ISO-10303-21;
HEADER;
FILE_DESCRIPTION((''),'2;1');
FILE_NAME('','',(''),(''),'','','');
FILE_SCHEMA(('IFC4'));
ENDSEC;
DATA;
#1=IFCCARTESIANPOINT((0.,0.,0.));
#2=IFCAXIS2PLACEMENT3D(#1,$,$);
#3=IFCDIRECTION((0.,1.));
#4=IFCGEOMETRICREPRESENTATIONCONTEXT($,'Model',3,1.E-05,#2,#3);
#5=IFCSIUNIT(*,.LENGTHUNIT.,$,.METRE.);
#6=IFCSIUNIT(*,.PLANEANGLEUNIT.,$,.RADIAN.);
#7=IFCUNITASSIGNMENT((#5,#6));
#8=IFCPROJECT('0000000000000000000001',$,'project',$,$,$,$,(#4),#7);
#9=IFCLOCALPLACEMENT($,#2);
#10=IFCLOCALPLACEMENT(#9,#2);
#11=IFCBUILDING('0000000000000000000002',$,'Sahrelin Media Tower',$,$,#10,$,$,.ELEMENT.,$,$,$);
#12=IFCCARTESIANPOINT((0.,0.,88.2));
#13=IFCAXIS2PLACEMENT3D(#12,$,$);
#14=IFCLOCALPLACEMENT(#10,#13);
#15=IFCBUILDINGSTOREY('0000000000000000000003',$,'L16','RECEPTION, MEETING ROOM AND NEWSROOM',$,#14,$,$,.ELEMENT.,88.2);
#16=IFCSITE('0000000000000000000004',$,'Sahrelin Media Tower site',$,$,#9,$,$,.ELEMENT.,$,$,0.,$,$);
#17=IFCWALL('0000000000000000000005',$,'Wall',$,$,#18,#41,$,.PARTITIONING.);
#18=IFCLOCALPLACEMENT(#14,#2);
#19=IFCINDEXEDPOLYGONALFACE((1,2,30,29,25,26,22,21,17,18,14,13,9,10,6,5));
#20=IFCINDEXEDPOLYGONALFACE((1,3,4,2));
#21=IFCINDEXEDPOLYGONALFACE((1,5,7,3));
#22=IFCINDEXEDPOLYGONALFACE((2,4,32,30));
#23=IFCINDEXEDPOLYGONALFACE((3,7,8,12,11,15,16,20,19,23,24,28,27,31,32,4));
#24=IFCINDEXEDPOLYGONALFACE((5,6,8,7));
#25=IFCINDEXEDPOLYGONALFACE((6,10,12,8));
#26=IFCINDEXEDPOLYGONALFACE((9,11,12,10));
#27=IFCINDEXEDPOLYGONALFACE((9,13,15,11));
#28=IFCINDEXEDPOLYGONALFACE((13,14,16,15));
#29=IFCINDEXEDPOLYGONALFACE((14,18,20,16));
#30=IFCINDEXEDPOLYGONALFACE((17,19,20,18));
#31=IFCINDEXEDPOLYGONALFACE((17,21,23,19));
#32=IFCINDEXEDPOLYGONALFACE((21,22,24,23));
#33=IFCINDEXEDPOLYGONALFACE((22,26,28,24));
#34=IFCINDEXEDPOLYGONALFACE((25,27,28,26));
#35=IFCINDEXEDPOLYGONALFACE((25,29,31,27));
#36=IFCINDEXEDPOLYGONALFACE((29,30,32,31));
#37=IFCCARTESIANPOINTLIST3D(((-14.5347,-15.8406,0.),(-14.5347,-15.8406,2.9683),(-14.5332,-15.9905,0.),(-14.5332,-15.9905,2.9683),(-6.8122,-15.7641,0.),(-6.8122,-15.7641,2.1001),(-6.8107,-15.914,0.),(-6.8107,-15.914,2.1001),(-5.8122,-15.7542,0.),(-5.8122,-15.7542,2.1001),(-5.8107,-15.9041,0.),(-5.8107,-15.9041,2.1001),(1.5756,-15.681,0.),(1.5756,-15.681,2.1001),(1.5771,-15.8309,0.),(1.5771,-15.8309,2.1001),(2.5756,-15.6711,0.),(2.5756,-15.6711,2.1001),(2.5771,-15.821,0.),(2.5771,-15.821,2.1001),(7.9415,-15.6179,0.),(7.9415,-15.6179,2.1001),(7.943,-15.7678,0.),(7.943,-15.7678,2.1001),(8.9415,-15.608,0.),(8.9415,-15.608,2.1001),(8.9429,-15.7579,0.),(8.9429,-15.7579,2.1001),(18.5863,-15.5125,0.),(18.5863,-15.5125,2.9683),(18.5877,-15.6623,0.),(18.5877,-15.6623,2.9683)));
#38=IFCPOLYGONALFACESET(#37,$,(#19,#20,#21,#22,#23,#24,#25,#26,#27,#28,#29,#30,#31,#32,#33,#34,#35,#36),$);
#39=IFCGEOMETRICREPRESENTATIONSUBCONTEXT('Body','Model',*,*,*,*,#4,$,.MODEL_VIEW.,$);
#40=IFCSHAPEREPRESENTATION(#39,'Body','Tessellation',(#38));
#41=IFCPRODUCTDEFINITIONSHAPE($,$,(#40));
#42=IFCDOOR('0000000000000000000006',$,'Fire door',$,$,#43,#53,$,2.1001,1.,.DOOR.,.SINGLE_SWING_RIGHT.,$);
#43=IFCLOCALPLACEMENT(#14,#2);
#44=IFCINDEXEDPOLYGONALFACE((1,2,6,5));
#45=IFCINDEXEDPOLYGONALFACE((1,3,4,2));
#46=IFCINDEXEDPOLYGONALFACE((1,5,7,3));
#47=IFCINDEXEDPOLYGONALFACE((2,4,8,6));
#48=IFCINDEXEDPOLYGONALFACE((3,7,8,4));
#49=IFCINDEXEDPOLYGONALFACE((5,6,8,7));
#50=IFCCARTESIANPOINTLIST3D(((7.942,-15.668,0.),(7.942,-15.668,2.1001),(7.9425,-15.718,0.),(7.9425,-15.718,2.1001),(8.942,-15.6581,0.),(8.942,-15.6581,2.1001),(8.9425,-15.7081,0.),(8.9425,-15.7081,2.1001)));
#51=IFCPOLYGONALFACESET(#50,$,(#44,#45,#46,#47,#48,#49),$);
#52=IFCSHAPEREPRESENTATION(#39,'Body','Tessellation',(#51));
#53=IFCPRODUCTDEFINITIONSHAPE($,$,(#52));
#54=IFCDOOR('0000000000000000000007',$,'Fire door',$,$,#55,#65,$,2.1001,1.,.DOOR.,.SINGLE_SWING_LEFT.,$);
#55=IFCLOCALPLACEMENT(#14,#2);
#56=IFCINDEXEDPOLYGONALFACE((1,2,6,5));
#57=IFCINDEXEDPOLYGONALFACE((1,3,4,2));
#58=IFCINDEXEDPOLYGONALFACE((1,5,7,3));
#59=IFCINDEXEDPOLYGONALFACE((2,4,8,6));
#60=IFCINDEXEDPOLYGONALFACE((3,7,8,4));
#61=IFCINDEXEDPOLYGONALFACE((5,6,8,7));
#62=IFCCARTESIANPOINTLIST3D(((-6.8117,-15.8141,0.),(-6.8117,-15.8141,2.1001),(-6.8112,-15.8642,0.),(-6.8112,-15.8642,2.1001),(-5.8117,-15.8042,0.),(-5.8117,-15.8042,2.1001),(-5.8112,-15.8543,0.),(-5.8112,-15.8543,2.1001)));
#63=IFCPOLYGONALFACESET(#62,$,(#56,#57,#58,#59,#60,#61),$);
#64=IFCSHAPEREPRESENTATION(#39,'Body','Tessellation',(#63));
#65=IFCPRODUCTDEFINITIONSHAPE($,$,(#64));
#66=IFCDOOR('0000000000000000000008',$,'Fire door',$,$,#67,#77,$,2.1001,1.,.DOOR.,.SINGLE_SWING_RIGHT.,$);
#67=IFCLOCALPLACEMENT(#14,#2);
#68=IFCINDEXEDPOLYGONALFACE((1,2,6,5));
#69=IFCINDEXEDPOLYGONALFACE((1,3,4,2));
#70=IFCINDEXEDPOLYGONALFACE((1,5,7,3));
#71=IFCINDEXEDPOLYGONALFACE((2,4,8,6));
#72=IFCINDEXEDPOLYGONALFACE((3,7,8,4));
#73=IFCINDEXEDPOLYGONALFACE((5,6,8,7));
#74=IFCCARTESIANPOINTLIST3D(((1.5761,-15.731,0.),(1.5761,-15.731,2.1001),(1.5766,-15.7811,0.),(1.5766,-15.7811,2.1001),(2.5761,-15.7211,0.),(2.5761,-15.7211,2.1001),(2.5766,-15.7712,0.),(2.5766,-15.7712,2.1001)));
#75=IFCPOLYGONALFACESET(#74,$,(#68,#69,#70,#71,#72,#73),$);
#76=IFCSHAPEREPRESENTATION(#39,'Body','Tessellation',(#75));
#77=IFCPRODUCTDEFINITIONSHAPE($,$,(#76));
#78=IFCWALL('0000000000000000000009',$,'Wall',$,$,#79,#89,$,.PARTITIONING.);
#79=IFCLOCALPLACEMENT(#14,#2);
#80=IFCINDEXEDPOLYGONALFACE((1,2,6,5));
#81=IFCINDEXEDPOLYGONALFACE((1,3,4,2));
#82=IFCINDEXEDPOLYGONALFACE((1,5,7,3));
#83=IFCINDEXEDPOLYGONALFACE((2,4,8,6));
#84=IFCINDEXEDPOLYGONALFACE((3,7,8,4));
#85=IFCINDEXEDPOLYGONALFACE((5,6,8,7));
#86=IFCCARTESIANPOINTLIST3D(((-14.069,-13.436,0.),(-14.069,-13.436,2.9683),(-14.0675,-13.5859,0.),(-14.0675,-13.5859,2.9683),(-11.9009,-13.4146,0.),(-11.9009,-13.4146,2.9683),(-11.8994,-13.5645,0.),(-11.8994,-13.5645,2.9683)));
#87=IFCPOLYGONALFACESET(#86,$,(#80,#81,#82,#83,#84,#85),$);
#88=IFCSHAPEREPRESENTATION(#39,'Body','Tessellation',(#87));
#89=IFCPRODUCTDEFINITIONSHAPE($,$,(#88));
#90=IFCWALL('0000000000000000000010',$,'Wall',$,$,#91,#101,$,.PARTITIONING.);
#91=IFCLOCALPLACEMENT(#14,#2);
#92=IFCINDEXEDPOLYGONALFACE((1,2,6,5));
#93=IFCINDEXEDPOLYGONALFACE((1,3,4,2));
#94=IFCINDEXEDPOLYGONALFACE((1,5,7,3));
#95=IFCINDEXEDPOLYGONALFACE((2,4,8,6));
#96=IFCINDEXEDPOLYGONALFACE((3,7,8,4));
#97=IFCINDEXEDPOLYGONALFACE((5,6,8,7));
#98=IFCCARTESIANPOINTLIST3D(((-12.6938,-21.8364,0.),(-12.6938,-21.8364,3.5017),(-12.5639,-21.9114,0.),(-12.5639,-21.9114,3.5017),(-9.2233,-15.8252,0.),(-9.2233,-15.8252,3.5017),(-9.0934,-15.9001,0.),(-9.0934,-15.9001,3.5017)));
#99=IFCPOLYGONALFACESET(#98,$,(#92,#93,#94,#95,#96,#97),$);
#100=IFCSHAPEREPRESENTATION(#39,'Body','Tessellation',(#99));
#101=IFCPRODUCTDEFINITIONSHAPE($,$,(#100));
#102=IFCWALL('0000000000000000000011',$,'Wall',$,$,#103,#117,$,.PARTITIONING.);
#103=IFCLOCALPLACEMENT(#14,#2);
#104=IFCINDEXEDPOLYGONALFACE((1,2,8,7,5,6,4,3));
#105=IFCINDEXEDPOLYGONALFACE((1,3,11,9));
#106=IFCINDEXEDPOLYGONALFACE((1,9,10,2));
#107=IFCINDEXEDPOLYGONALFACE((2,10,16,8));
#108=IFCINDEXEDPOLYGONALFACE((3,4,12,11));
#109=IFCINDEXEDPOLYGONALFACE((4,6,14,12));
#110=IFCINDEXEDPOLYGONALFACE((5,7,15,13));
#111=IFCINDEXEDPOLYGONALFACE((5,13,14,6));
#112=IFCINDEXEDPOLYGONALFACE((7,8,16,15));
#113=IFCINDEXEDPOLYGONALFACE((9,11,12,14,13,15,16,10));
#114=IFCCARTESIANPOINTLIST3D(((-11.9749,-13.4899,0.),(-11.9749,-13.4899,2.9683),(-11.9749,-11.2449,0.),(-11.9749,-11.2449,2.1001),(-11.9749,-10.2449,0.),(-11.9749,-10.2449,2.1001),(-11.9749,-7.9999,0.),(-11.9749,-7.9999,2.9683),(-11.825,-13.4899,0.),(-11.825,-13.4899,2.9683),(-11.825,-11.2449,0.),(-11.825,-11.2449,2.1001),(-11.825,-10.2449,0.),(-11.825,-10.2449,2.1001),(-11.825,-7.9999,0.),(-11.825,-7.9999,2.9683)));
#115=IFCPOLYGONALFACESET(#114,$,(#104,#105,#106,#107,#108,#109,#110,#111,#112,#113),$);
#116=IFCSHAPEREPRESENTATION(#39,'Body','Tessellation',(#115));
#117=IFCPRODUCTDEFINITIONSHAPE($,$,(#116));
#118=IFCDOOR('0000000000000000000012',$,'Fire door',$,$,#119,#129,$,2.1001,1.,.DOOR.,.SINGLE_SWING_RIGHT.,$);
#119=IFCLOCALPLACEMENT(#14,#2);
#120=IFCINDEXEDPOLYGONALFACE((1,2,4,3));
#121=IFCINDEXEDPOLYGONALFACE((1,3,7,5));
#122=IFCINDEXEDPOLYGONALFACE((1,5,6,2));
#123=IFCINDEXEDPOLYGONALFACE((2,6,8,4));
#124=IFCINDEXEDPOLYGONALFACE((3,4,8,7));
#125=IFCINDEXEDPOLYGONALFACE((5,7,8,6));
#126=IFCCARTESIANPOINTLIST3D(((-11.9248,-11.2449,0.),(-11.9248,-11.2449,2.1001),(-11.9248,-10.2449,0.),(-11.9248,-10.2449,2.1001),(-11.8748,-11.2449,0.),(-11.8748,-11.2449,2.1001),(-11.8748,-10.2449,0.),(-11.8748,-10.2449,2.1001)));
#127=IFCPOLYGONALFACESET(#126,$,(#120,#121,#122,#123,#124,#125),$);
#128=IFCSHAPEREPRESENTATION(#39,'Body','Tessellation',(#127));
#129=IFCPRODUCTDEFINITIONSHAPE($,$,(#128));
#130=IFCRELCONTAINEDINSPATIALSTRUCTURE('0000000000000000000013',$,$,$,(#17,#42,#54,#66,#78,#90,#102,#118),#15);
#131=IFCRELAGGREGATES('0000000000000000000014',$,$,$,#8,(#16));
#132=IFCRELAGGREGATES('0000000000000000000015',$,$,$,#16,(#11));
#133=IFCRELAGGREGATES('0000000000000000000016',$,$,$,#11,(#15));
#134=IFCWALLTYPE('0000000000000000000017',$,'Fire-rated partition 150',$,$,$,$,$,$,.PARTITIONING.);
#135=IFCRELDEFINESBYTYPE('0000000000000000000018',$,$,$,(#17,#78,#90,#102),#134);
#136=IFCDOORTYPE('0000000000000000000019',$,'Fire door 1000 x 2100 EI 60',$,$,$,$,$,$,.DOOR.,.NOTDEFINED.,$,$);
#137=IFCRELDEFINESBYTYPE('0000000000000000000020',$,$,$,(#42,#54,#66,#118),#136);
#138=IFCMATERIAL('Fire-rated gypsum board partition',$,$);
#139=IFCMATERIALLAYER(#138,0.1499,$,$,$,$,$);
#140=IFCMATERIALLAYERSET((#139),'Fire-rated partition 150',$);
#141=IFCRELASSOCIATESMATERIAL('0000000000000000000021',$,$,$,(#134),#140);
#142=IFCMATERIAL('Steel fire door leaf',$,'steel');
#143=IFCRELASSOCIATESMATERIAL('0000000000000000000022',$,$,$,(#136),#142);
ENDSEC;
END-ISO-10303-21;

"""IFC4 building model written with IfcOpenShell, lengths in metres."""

from ifc_helpers import new_model, si_unit, direction, frame, frame_2d, origin, place, context, subcontext, project, spatial, rectangle, extrude, material, layer, layer_set, type_object, element, fill, save


model = new_model("IFC4")

# Units and contexts
model_context = context("Model", 3, precision=1e-05, world=origin(), true_north=direction((0.0, 1.0)))
body_context = subcontext(model_context, "Body", "Model", "MODEL_VIEW")
ifc_project = project(units=[si_unit("LENGTHUNIT", "METRE"), si_unit("PLANEANGLEUNIT", "RADIAN")], contexts=[model_context])

# Site, building, storey
site_placement = place(None, origin())
site = spatial("IfcSite", under=ifc_project, at=site_placement, Name="Sahrelin Media Tower site", CompositionType="ELEMENT", RefElevation=0.0)
building_placement = place(site_placement, origin())
building = spatial("IfcBuilding", under=site, at=building_placement, Name="Sahrelin Media Tower", CompositionType="ELEMENT")
storey_placement = place(building_placement, frame((0.0, 0.0, 88.2)))
storey = spatial("IfcBuildingStorey", under=building, at=storey_placement, Name="L16", Description="RECEPTION, MEETING ROOM AND NEWSROOM", CompositionType="ELEMENT", Elevation=88.2)

# Shared definitions
ifc_material_1 = material(Name="Fire-rated gypsum board partition")
ifc_layer_1 = layer(ifc_material_1, 0.1499)
ifc_layer_set_1 = layer_set([ifc_layer_1], Name="Fire-rated partition 150")
wall_type_1 = type_object("IfcWallType", Name="Fire-rated partition 150", PredefinedType="PARTITIONING", material=ifc_layer_set_1)

# Wall, openings, doors
wall_1_placement = place(storey_placement, frame((-14.5339, -15.9155, 0.0), z_axis=(0.0, 0.0, 1.0), x_axis=(0.999951, 0.009906, 0.0)))
wall_1 = element("IfcWall", 1, at=wall_1_placement, inside=storey, type_object=wall_type_1, Name="Wall", PredefinedType="PARTITIONING", context=body_context, shape_type="SweptSolid", body=[
    extrude(rectangle(XDim=33.1226, YDim=0.1499, at=frame_2d((16.5613, 0.0))), origin(), (0.0, 0.0, 1.0), 2.9683),
])
opening_1_placement = place(wall_1_placement, frame((22.4773, 0.0, 0.0)))
opening_1 = element("IfcOpeningElement", 2, at=opening_1_placement, cuts=wall_1, PredefinedType="OPENING", context=body_context, shape_type="SweptSolid", body=[
    extrude(rectangle(XDim=1.0, YDim=2.1001, at=frame_2d((0.5, 1.05))), frame((0.0, 0.075, 0.0), z_axis=(0.0, -1.0, 0.0), x_axis=(1.0, 0.0, 0.0)), (0.0, 0.0, 1.0), 0.1499),
])
opening_2_placement = place(wall_1_placement, frame((7.7229, 0.0, 0.0)))
opening_2 = element("IfcOpeningElement", 3, at=opening_2_placement, cuts=wall_1, PredefinedType="OPENING", context=body_context, shape_type="SweptSolid", body=[
    extrude(rectangle(XDim=1.0, YDim=2.1001, at=frame_2d((0.5, 1.05))), frame((0.0, 0.075, 0.0), z_axis=(0.0, -1.0, 0.0), x_axis=(1.0, 0.0, 0.0)), (0.0, 0.0, 1.0), 0.1499),
])
opening_3_placement = place(wall_1_placement, frame((16.1111, 0.0, 0.0)))
opening_3 = element("IfcOpeningElement", 4, at=opening_3_placement, cuts=wall_1, PredefinedType="OPENING", context=body_context, shape_type="SweptSolid", body=[
    extrude(rectangle(XDim=1.0, YDim=2.1001, at=frame_2d((0.5, 1.05))), frame((0.0, 0.075, 0.0), z_axis=(0.0, -1.0, 0.0), x_axis=(1.0, 0.0, 0.0)), (0.0, 0.0, 1.0), 0.1499),
])
ifc_material_2 = material(Name="Steel fire door leaf", Category="steel")
door_type_1 = type_object("IfcDoorType", Name="Fire door 1000 x 2100 EI 60", OperationType="NOTDEFINED", PredefinedType="DOOR", material=ifc_material_2)
door_1_placement = place(opening_1_placement, origin())
door_1 = element("IfcDoor", 5, at=door_1_placement, inside=storey, type_object=door_type_1, Name="Fire door", OperationType="SINGLE_SWING_RIGHT", OverallHeight=2.1001, OverallWidth=1.0, PredefinedType="DOOR", context=body_context, shape_type="SweptSolid", body=[
    extrude(rectangle(XDim=1.0, YDim=2.1001, at=frame_2d((0.5, 1.05))), frame((0.0, 0.0249, 0.0), z_axis=(0.0, -1.0, 0.0), x_axis=(1.0, 0.0, 0.0)), (0.0, 0.0, 1.0), 0.05),
])
fill(opening_1, door_1)
door_2_placement = place(opening_2_placement, origin())
door_2 = element("IfcDoor", 6, at=door_2_placement, inside=storey, type_object=door_type_1, Name="Fire door", OperationType="SINGLE_SWING_LEFT", OverallHeight=2.1001, OverallWidth=1.0, PredefinedType="DOOR", context=body_context, shape_type="SweptSolid", body=[
    extrude(rectangle(XDim=1.0, YDim=2.1001, at=frame_2d((0.5, 1.05))), frame((0.0, 0.0249, 0.0), z_axis=(0.0, -1.0, 0.0), x_axis=(1.0, 0.0, 0.0)), (0.0, 0.0, 1.0), 0.05),
])
fill(opening_2, door_2)
door_3_placement = place(opening_3_placement, origin())
door_3 = element("IfcDoor", 7, at=door_3_placement, inside=storey, type_object=door_type_1, Name="Fire door", OperationType="SINGLE_SWING_RIGHT", OverallHeight=2.1001, OverallWidth=1.0, PredefinedType="DOOR", context=body_context, shape_type="SweptSolid", body=[
    extrude(rectangle(XDim=1.0, YDim=2.1001, at=frame_2d((0.5, 1.05))), frame((0.0, 0.0249, 0.0), z_axis=(0.0, -1.0, 0.0), x_axis=(1.0, 0.0, 0.0)), (0.0, 0.0, 1.0), 0.05),
])
fill(opening_3, door_3)

# Walls
wall_2_placement = place(storey_placement, frame((-14.0681, -13.511, 0.0), z_axis=(0.0, 0.0, 1.0), x_axis=(0.999951, 0.009908, 0.0)))
element("IfcWall", 8, at=wall_2_placement, inside=storey, type_object=wall_type_1, Name="Wall", PredefinedType="PARTITIONING", context=body_context, shape_type="SweptSolid", body=[
    extrude(rectangle(XDim=2.1682, YDim=0.1499, at=frame_2d((1.084, 0.0))), origin(), (0.0, 0.0, 1.0), 2.9683),
])
wall_3_placement = place(storey_placement, frame((-12.6289, -21.874, 0.0), z_axis=(0.0, 0.0, 1.0), x_axis=(0.499986, 0.866033, 0.0)))
element("IfcWall", 9, at=wall_3_placement, inside=storey, type_object=wall_type_1, Name="Wall", PredefinedType="PARTITIONING", context=body_context, shape_type="SweptSolid", body=[
    extrude(rectangle(XDim=6.9412, YDim=0.1499, at=frame_2d((3.4707, 0.0))), origin(), (0.0, 0.0, 1.0), 3.5017),
])

# Wall, opening, door
wall_4_placement = place(storey_placement, frame((-11.8999, -13.49, 0.0), z_axis=(0.0, 0.0, 1.0), x_axis=(0.0, 1.0, 0.0)))
wall_4 = element("IfcWall", 10, at=wall_4_placement, inside=storey, type_object=wall_type_1, Name="Wall", PredefinedType="PARTITIONING", context=body_context, shape_type="SweptSolid", body=[
    extrude(rectangle(XDim=5.49, YDim=0.1499, at=frame_2d((2.7451, 0.0))), origin(), (0.0, 0.0, 1.0), 2.9683),
])
opening_4_placement = place(wall_4_placement, frame((2.2451, 0.0, 0.0)))
opening_4 = element("IfcOpeningElement", 11, at=opening_4_placement, cuts=wall_4, PredefinedType="OPENING", context=body_context, shape_type="SweptSolid", body=[
    extrude(rectangle(XDim=1.0, YDim=2.1001, at=frame_2d((0.5, 1.05))), frame((0.0, 0.075, 0.0), z_axis=(0.0, -1.0, 0.0), x_axis=(1.0, 0.0, 0.0)), (0.0, 0.0, 1.0), 0.1499),
])
door_4_placement = place(opening_4_placement, origin())
door_4 = element("IfcDoor", 12, at=door_4_placement, inside=storey, type_object=door_type_1, Name="Fire door", OperationType="SINGLE_SWING_RIGHT", OverallHeight=2.1001, OverallWidth=1.0, PredefinedType="DOOR", context=body_context, shape_type="SweptSolid", body=[
    extrude(rectangle(XDim=1.0, YDim=2.1001, at=frame_2d((0.5, 1.05))), frame((0.0, 0.0249, 0.0), z_axis=(0.0, -1.0, 0.0), x_axis=(1.0, 0.0, 0.0)), (0.0, 0.0, 1.0), 0.05),
])
fill(opening_4, door_4)

save(model, "model.ifc")
